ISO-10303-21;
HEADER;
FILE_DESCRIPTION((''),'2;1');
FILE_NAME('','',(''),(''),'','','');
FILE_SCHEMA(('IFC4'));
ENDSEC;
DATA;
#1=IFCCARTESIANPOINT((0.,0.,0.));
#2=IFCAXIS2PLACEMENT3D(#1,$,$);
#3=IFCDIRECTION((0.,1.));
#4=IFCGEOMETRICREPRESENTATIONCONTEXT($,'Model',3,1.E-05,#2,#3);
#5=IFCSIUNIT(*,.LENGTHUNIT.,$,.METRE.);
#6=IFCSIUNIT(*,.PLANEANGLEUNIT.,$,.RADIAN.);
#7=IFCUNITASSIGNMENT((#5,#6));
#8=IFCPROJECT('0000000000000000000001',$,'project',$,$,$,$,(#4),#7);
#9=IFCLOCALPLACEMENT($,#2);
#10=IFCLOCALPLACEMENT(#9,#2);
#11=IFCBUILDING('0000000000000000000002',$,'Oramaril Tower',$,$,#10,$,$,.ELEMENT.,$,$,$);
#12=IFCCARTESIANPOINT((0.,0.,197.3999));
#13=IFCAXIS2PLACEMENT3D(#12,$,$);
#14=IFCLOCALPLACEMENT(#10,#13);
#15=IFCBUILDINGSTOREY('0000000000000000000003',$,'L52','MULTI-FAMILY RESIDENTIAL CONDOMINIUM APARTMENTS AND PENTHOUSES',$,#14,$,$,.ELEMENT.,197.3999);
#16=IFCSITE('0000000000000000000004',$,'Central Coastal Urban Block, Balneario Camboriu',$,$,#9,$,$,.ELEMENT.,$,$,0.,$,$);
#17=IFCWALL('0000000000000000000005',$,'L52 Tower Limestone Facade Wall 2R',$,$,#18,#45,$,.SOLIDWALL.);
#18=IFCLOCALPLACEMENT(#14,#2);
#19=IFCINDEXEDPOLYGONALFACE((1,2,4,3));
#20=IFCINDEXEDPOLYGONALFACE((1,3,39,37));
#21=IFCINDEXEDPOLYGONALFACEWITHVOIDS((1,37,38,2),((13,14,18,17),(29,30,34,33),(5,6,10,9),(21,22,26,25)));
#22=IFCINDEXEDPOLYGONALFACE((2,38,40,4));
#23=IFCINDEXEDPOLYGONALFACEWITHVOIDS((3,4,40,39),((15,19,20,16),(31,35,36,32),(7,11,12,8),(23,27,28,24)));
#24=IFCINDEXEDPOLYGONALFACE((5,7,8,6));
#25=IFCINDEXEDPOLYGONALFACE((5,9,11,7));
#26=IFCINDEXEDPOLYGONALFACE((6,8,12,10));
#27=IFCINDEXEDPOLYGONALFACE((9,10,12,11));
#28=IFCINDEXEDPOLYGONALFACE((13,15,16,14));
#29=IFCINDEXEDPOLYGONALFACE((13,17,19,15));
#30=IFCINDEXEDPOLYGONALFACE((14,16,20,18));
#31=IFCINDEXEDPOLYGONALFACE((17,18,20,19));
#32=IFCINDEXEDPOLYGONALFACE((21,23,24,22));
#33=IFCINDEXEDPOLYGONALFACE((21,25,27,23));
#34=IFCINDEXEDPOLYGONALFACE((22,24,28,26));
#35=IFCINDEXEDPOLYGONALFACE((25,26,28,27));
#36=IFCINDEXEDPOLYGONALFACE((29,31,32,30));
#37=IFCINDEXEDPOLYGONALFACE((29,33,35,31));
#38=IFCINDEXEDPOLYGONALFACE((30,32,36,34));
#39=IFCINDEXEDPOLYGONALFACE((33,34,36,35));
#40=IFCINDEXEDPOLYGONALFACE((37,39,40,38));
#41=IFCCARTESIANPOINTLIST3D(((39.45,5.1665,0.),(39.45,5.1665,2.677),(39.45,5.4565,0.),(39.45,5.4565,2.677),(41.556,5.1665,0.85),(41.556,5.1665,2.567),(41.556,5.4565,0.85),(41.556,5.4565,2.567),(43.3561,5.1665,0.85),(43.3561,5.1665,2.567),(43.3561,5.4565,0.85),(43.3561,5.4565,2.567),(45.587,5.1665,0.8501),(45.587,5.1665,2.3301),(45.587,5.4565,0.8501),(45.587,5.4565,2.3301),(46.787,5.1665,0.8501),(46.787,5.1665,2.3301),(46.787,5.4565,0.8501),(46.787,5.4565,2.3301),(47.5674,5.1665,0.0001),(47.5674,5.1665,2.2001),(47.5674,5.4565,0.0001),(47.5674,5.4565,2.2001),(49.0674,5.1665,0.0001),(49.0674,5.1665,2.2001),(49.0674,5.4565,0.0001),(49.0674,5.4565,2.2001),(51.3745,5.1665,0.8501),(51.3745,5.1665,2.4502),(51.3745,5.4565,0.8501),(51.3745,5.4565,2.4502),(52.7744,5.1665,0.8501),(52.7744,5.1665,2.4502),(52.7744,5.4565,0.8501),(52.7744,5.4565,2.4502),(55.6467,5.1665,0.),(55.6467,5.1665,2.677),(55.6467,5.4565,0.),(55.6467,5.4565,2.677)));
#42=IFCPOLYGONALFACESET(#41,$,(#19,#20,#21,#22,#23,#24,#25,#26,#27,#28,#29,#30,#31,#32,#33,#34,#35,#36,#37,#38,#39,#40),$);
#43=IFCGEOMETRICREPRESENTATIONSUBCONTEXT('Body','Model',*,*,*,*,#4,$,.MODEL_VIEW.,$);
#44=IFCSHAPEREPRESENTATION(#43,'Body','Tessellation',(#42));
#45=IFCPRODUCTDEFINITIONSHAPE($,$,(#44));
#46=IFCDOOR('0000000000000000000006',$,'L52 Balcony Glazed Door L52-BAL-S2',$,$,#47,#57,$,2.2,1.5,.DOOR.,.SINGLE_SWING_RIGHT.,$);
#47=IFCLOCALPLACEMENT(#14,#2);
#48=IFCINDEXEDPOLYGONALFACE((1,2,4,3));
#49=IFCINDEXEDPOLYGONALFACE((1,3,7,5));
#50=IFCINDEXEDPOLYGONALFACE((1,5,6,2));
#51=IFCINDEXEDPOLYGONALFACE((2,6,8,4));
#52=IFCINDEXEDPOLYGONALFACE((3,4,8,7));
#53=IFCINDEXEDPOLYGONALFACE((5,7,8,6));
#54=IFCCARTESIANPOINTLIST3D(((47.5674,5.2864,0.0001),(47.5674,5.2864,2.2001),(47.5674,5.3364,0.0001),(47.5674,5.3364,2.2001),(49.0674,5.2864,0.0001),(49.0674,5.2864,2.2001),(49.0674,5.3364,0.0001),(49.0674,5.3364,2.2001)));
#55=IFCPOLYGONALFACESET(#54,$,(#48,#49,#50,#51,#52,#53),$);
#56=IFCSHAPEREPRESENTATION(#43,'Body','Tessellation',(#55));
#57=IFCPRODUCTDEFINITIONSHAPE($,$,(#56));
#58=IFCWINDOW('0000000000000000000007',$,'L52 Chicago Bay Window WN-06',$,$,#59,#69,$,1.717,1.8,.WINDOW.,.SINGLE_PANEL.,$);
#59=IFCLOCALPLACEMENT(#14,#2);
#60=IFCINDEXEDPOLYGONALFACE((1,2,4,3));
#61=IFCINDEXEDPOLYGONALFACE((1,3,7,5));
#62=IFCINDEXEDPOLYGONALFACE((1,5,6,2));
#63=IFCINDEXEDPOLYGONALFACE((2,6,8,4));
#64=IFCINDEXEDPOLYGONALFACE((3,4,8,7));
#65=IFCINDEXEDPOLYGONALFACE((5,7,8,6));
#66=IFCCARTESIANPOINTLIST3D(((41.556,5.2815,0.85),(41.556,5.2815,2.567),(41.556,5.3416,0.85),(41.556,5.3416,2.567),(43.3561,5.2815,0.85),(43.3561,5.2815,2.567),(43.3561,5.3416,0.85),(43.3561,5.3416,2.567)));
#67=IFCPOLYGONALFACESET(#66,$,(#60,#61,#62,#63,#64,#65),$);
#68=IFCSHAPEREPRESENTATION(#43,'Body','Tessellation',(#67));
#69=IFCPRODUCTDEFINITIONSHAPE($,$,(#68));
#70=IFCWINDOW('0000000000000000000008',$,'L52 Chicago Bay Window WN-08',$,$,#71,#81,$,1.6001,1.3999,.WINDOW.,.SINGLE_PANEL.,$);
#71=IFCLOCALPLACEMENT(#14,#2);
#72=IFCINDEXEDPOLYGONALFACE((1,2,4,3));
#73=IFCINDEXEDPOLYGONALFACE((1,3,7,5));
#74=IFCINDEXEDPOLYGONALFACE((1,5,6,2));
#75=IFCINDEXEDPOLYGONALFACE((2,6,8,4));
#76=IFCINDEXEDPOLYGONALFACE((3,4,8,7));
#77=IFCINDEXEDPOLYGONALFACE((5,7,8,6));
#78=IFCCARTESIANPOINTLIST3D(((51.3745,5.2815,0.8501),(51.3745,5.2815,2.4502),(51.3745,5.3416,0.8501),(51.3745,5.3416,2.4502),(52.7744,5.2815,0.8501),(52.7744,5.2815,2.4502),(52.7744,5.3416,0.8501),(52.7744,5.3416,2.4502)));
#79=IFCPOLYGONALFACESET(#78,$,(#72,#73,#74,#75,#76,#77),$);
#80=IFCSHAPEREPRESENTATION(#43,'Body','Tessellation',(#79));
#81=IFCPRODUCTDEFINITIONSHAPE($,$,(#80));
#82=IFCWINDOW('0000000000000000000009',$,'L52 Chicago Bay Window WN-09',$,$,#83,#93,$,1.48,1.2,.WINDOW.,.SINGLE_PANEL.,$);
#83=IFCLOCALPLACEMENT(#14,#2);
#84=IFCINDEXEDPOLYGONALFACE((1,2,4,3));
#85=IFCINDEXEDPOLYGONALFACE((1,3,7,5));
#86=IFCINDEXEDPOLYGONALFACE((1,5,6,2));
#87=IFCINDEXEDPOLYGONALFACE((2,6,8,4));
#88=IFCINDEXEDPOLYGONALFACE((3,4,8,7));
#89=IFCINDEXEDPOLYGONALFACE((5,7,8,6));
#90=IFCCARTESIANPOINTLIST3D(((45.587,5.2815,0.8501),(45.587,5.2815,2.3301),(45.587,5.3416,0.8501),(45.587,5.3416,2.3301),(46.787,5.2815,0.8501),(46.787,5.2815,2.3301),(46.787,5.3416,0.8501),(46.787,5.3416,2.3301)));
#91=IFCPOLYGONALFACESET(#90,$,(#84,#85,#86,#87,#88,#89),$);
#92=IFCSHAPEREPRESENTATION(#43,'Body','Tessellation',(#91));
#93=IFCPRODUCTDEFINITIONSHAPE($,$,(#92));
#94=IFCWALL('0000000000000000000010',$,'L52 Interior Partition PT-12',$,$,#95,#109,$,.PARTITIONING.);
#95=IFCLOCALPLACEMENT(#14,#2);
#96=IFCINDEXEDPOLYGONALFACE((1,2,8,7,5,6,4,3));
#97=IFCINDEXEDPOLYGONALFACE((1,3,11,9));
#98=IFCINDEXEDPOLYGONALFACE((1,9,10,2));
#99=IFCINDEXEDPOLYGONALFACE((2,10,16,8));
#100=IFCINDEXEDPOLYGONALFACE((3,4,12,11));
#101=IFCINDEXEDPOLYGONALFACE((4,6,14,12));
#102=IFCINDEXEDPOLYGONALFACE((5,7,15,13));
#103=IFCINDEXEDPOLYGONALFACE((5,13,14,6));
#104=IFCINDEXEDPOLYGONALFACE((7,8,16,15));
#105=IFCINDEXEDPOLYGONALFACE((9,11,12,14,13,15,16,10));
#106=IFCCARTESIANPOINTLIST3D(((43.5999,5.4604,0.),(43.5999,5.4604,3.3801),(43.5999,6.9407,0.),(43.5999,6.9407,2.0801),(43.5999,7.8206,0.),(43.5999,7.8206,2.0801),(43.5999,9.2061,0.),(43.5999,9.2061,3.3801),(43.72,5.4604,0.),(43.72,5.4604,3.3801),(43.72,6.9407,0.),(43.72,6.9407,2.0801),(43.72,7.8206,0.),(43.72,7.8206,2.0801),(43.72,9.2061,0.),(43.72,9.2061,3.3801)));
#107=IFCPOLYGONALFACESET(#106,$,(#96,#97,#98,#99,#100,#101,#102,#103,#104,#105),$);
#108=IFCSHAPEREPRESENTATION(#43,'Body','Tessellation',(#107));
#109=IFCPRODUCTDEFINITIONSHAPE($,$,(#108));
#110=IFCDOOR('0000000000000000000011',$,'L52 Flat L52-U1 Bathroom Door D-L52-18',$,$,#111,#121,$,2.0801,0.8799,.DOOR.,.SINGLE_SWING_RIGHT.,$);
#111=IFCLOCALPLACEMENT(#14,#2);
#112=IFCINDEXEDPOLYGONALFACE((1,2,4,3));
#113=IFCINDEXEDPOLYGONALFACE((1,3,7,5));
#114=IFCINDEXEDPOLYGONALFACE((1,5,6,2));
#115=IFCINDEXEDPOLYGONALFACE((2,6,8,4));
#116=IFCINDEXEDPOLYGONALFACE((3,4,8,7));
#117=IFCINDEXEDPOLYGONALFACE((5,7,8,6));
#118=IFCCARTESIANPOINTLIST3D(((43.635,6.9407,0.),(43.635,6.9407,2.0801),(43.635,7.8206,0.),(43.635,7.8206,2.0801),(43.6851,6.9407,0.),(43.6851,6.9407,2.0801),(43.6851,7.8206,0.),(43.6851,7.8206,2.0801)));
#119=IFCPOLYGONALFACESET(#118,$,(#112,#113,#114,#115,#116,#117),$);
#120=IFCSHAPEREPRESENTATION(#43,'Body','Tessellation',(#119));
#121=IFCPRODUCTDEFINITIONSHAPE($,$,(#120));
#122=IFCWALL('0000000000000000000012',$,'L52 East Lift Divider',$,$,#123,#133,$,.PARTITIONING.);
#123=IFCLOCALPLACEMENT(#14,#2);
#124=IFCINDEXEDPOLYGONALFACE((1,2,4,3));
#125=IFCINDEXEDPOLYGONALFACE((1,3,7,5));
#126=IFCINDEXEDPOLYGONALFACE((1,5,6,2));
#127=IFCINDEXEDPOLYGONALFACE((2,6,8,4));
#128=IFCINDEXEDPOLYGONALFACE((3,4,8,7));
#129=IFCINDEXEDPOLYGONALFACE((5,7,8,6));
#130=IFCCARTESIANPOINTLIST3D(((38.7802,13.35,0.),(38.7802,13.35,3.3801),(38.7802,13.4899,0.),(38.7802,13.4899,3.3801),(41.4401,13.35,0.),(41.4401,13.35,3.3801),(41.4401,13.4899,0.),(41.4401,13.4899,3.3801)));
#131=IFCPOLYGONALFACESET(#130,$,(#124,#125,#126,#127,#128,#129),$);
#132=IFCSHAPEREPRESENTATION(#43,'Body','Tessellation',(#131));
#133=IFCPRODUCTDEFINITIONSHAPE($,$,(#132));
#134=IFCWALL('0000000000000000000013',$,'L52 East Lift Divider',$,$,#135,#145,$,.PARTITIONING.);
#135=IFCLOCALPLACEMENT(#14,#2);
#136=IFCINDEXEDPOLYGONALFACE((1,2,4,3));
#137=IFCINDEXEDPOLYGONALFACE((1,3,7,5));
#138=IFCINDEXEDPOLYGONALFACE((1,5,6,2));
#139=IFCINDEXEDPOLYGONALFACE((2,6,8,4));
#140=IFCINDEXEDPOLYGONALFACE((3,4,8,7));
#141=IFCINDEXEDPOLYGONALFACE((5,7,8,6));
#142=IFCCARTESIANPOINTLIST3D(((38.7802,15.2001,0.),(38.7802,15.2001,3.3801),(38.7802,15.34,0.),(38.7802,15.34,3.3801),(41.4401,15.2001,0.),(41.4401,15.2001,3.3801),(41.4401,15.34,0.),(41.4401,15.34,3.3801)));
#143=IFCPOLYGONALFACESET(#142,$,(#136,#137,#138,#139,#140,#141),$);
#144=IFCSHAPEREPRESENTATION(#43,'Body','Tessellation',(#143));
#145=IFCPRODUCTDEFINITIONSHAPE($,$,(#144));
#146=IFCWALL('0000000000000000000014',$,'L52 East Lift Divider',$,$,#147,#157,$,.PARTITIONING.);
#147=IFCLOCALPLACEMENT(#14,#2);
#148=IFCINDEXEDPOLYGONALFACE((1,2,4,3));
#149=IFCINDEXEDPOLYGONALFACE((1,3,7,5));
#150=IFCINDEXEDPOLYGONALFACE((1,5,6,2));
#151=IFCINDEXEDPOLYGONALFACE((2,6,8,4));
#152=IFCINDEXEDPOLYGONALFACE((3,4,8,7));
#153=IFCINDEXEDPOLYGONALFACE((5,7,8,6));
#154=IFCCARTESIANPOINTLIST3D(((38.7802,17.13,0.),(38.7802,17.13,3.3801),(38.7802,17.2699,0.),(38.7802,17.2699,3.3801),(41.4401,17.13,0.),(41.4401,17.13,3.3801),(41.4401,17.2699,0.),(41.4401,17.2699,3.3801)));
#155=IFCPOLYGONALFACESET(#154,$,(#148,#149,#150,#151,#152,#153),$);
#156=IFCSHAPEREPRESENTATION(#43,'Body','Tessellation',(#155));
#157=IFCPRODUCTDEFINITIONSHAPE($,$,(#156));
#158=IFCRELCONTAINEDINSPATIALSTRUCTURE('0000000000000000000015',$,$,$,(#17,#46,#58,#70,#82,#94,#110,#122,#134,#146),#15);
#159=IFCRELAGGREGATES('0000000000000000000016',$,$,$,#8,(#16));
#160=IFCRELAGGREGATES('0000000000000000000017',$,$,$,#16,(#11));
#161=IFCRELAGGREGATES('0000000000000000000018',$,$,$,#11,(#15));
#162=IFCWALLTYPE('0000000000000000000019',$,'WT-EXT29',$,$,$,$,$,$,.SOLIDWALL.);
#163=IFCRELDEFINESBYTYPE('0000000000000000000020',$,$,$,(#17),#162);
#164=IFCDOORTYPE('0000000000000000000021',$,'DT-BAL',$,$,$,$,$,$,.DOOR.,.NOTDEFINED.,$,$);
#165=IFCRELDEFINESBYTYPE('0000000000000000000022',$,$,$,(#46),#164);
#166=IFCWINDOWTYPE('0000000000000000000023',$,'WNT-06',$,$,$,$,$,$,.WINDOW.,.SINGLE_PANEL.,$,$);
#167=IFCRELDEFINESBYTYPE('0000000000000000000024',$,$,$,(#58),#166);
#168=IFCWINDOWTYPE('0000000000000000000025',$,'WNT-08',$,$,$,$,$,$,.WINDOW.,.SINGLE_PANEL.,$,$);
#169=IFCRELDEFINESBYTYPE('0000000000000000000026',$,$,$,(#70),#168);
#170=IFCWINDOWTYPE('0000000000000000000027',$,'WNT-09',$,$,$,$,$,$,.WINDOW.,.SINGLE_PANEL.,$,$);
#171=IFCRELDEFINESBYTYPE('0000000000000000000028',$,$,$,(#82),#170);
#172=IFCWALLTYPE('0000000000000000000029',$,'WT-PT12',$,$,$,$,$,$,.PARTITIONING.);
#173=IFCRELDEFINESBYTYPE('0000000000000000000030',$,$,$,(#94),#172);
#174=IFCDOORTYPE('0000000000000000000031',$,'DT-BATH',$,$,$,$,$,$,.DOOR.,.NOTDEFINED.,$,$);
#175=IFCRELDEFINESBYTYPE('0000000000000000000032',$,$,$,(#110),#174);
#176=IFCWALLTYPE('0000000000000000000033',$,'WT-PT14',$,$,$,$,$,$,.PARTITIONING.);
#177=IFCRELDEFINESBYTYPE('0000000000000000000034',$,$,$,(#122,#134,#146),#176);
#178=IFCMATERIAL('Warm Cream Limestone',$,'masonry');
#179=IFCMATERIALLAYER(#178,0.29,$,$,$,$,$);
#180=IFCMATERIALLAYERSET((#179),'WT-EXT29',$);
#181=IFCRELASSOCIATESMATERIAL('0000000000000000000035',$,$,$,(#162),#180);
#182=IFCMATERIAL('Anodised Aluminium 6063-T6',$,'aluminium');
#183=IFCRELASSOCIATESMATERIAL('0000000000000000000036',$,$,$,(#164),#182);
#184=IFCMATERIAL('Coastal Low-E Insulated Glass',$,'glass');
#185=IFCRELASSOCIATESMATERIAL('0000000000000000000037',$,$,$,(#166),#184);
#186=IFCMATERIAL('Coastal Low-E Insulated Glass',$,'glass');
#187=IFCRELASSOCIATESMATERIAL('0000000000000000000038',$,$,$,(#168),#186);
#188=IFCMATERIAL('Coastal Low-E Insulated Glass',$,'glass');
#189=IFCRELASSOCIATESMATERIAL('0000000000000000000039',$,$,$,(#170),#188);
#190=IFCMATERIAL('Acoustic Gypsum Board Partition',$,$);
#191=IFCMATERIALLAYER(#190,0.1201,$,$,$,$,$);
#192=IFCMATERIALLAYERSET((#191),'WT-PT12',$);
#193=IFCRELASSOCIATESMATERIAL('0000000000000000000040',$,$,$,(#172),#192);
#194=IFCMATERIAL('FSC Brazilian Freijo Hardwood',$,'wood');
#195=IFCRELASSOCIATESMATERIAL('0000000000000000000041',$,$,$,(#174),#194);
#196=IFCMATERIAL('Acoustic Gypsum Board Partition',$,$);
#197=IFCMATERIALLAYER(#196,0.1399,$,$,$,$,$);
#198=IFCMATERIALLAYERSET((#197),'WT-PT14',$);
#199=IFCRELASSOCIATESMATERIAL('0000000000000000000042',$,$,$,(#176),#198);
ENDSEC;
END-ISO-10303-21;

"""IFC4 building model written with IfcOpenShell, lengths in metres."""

from ifc_helpers import new_model, si_unit, direction, frame, frame_2d, origin, place, context, subcontext, project, spatial, rectangle, extrude, material, layer, layer_set, type_object, element, fill, save


model = new_model("IFC4")

# Units and contexts
model_context = context("Model", 3, precision=1e-05, world=origin(), true_north=direction((0.0, 1.0)))
body_context = subcontext(model_context, "Body", "Model", "MODEL_VIEW")
ifc_project = project(units=[si_unit("LENGTHUNIT", "METRE"), si_unit("PLANEANGLEUNIT", "RADIAN")], contexts=[model_context])

# Site, building, storey
site_placement = place(None, origin())
site = spatial("IfcSite", under=ifc_project, at=site_placement, Name="Central Coastal Urban Block, Balneario Camboriu", CompositionType="ELEMENT", RefElevation=0.0)
building_placement = place(site_placement, origin())
building = spatial("IfcBuilding", under=site, at=building_placement, Name="Oramaril Tower", CompositionType="ELEMENT")
storey_placement = place(building_placement, frame((0.0, 0.0, 197.3999)))
storey = spatial("IfcBuildingStorey", under=building, at=storey_placement, Name="L52", Description="MULTI-FAMILY RESIDENTIAL CONDOMINIUM APARTMENTS AND PENTHOUSES", CompositionType="ELEMENT", Elevation=197.3999)

# Wall, openings, door, windows
ifc_material_1 = material(Name="Warm Cream Limestone", Category="masonry")
ifc_layer_1 = layer(ifc_material_1, 0.29)
ifc_layer_set_1 = layer_set([ifc_layer_1], Name="WT-EXT29")
wall_type_1 = type_object("IfcWallType", Name="WT-EXT29", PredefinedType="SOLIDWALL", material=ifc_layer_set_1)
wall_1_placement = place(storey_placement, frame((39.45, 5.3115, 0.0), z_axis=(0.0, 0.0, 1.0), x_axis=(1.0, 0.0, 0.0)))
wall_1 = element("IfcWall", 1, at=wall_1_placement, inside=storey, type_object=wall_type_1, Name="L52 Tower Limestone Facade Wall 2R", PredefinedType="SOLIDWALL", context=body_context, shape_type="SweptSolid", body=[
    extrude(rectangle(XDim=16.1968, YDim=0.29, at=frame_2d((8.0984, 0.0))), origin(), (0.0, 0.0, 1.0), 2.677),
])
opening_1_placement = place(wall_1_placement, frame((8.1174, 0.0, 0.0)))
opening_1 = element("IfcOpeningElement", 2, at=opening_1_placement, cuts=wall_1, PredefinedType="OPENING", context=body_context, shape_type="SweptSolid", body=[
    extrude(rectangle(XDim=1.5, YDim=2.2, at=frame_2d((0.75, 1.1001))), frame((0.0, 0.145, 0.0), z_axis=(0.0, -1.0, 0.0), x_axis=(1.0, 0.0, 0.0)), (0.0, 0.0, 1.0), 0.29),
])
opening_2_placement = place(wall_1_placement, frame((6.137, 0.0, 0.8501)))
opening_2 = element("IfcOpeningElement", 3, at=opening_2_placement, cuts=wall_1, PredefinedType="OPENING", context=body_context, shape_type="SweptSolid", body=[
    extrude(rectangle(XDim=1.2, YDim=1.48, at=frame_2d((0.6001, 0.74))), frame((0.0, 0.145, 0.0), z_axis=(0.0, -1.0, 0.0), x_axis=(1.0, 0.0, 0.0)), (0.0, 0.0, 1.0), 0.29),
])
opening_3_placement = place(wall_1_placement, frame((11.9246, 0.0, 0.8501)))
opening_3 = element("IfcOpeningElement", 4, at=opening_3_placement, cuts=wall_1, PredefinedType="OPENING", context=body_context, shape_type="SweptSolid", body=[
    extrude(rectangle(XDim=1.3999, YDim=1.6001, at=frame_2d((0.7, 0.8))), frame((0.0, 0.145, 0.0), z_axis=(0.0, -1.0, 0.0), x_axis=(1.0, 0.0, 0.0)), (0.0, 0.0, 1.0), 0.29),
])
opening_4_placement = place(wall_1_placement, frame((2.1062, 0.0, 0.8501)))
opening_4 = element("IfcOpeningElement", 5, at=opening_4_placement, cuts=wall_1, PredefinedType="OPENING", context=body_context, shape_type="SweptSolid", body=[
    extrude(rectangle(XDim=1.8, YDim=1.717, at=frame_2d((0.8999, 0.8584))), frame((0.0, 0.145, 0.0), z_axis=(0.0, -1.0, 0.0), x_axis=(1.0, 0.0, 0.0)), (0.0, 0.0, 1.0), 0.29),
])
ifc_material_2 = material(Name="Anodised Aluminium 6063-T6", Category="aluminium")
door_type_1 = type_object("IfcDoorType", Name="DT-BAL", OperationType="NOTDEFINED", PredefinedType="DOOR", material=ifc_material_2)
door_1_placement = place(opening_1_placement, origin())
door_1 = element("IfcDoor", 6, at=door_1_placement, inside=storey, type_object=door_type_1, Name="L52 Balcony Glazed Door L52-BAL-S2", OperationType="SINGLE_SWING_RIGHT", OverallHeight=2.2, OverallWidth=1.5, PredefinedType="DOOR", context=body_context, shape_type="SweptSolid", body=[
    extrude(rectangle(XDim=1.5, YDim=2.2, at=frame_2d((0.75, 1.1001))), frame((0.0, 0.0249, 0.0), z_axis=(0.0, -1.0, 0.0), x_axis=(1.0, 0.0, 0.0)), (0.0, 0.0, 1.0), 0.05),
])
fill(opening_1, door_1)
ifc_material_3 = material(Name="Coastal Low-E Insulated Glass", Category="glass")
window_type_1 = type_object("IfcWindowType", Name="WNT-06", PartitioningType="SINGLE_PANEL", PredefinedType="WINDOW", material=ifc_material_3)
window_1_placement = place(opening_4_placement, origin())
window_1 = element("IfcWindow", 7, at=window_1_placement, inside=storey, type_object=window_type_1, Name="L52 Chicago Bay Window WN-06", OverallHeight=1.717, OverallWidth=1.8, PartitioningType="SINGLE_PANEL", PredefinedType="WINDOW", context=body_context, shape_type="SweptSolid", body=[
    extrude(rectangle(XDim=1.8, YDim=1.717, at=frame_2d((0.8999, 0.8584))), frame((0.0, 0.03, 0.0), z_axis=(0.0, -1.0, 0.0), x_axis=(1.0, 0.0, 0.0)), (0.0, 0.0, 1.0), 0.0601),
])
fill(opening_4, window_1)
ifc_material_4 = material(Name="Coastal Low-E Insulated Glass", Category="glass")
window_type_2 = type_object("IfcWindowType", Name="WNT-08", PartitioningType="SINGLE_PANEL", PredefinedType="WINDOW", material=ifc_material_4)
window_2_placement = place(opening_3_placement, origin())
window_2 = element("IfcWindow", 8, at=window_2_placement, inside=storey, type_object=window_type_2, Name="L52 Chicago Bay Window WN-08", OverallHeight=1.6001, OverallWidth=1.3999, PartitioningType="SINGLE_PANEL", PredefinedType="WINDOW", context=body_context, shape_type="SweptSolid", body=[
    extrude(rectangle(XDim=1.3999, YDim=1.6001, at=frame_2d((0.7, 0.8))), frame((0.0, 0.03, 0.0), z_axis=(0.0, -1.0, 0.0), x_axis=(1.0, 0.0, 0.0)), (0.0, 0.0, 1.0), 0.0601),
])
fill(opening_3, window_2)
ifc_material_5 = material(Name="Coastal Low-E Insulated Glass", Category="glass")
window_type_3 = type_object("IfcWindowType", Name="WNT-09", PartitioningType="SINGLE_PANEL", PredefinedType="WINDOW", material=ifc_material_5)
window_3_placement = place(opening_2_placement, origin())
window_3 = element("IfcWindow", 9, at=window_3_placement, inside=storey, type_object=window_type_3, Name="L52 Chicago Bay Window WN-09", OverallHeight=1.48, OverallWidth=1.2, PartitioningType="SINGLE_PANEL", PredefinedType="WINDOW", context=body_context, shape_type="SweptSolid", body=[
    extrude(rectangle(XDim=1.2, YDim=1.48, at=frame_2d((0.6001, 0.74))), frame((0.0, 0.03, 0.0), z_axis=(0.0, -1.0, 0.0), x_axis=(1.0, 0.0, 0.0)), (0.0, 0.0, 1.0), 0.0601),
])
fill(opening_2, window_3)

# Wall, opening, door
ifc_material_6 = material(Name="Acoustic Gypsum Board Partition")
ifc_layer_2 = layer(ifc_material_6, 0.1201)
ifc_layer_set_2 = layer_set([ifc_layer_2], Name="WT-PT12")
wall_type_2 = type_object("IfcWallType", Name="WT-PT12", PredefinedType="PARTITIONING", material=ifc_layer_set_2)
wall_2_placement = place(storey_placement, frame((43.6599, 5.4604, 0.0), z_axis=(0.0, 0.0, 1.0), x_axis=(0.0, 1.0, 0.0)))
wall_2 = element("IfcWall", 10, at=wall_2_placement, inside=storey, type_object=wall_type_2, Name="L52 Interior Partition PT-12", PredefinedType="PARTITIONING", context=body_context, shape_type="SweptSolid", body=[
    extrude(rectangle(XDim=3.7456, YDim=0.1201, at=frame_2d((1.8728, 0.0))), origin(), (0.0, 0.0, 1.0), 3.3801),
])
opening_5_placement = place(wall_2_placement, frame((1.4802, 0.0, 0.0)))
opening_5 = element("IfcOpeningElement", 11, at=opening_5_placement, cuts=wall_2, PredefinedType="OPENING", context=body_context, shape_type="SweptSolid", body=[
    extrude(rectangle(XDim=0.8799, YDim=2.0801, at=frame_2d((0.4399, 1.04))), frame((0.0, 0.0601, 0.0), z_axis=(0.0, -1.0, 0.0), x_axis=(1.0, 0.0, 0.0)), (0.0, 0.0, 1.0), 0.1201),
])
ifc_material_7 = material(Name="FSC Brazilian Freijo Hardwood", Category="wood")
door_type_2 = type_object("IfcDoorType", Name="DT-BATH", OperationType="NOTDEFINED", PredefinedType="DOOR", material=ifc_material_7)
door_2_placement = place(opening_5_placement, origin())
door_2 = element("IfcDoor", 12, at=door_2_placement, inside=storey, type_object=door_type_2, Name="L52 Flat L52-U1 Bathroom Door D-L52-18", OperationType="SINGLE_SWING_RIGHT", OverallHeight=2.0801, OverallWidth=0.8799, PredefinedType="DOOR", context=body_context, shape_type="SweptSolid", body=[
    extrude(rectangle(XDim=0.8799, YDim=2.0801, at=frame_2d((0.4399, 1.04))), frame((0.0, 0.0249, 0.0), z_axis=(0.0, -1.0, 0.0), x_axis=(1.0, 0.0, 0.0)), (0.0, 0.0, 1.0), 0.05),
])
fill(opening_5, door_2)

# Walls
ifc_material_8 = material(Name="Acoustic Gypsum Board Partition")
ifc_layer_3 = layer(ifc_material_8, 0.1399)
ifc_layer_set_3 = layer_set([ifc_layer_3], Name="WT-PT14")
wall_type_3 = type_object("IfcWallType", Name="WT-PT14", PredefinedType="PARTITIONING", material=ifc_layer_set_3)
for number, where, z_axis, x_axis, name in (
    (13, (38.78, 13.4199, 0.0), (0.0, 0.0, 1.0), (1.0, 0.0, 0.0), "L52 East Lift Divider"),
    (14, (38.78, 15.27, 0.0), (0.0, 0.0, 1.0), (1.0, 0.0, 0.0), "L52 East Lift Divider"),
    (15, (38.78, 17.2, 0.0), (0.0, 0.0, 1.0), (1.0, 0.0, 0.0), "L52 East Lift Divider"),
):
    element("IfcWall", number, at=place(storey_placement, frame(where, z_axis=z_axis, x_axis=x_axis)), inside=storey, type_object=wall_type_3, Name=name, PredefinedType="PARTITIONING", context=body_context, shape_type="SweptSolid", body=[
        extrude(rectangle(XDim=2.6599, YDim=0.1399, at=frame_2d((1.3301, 0.0))), origin(), (0.0, 0.0, 1.0), 3.3801),
    ])

save(model, "model.ifc")
